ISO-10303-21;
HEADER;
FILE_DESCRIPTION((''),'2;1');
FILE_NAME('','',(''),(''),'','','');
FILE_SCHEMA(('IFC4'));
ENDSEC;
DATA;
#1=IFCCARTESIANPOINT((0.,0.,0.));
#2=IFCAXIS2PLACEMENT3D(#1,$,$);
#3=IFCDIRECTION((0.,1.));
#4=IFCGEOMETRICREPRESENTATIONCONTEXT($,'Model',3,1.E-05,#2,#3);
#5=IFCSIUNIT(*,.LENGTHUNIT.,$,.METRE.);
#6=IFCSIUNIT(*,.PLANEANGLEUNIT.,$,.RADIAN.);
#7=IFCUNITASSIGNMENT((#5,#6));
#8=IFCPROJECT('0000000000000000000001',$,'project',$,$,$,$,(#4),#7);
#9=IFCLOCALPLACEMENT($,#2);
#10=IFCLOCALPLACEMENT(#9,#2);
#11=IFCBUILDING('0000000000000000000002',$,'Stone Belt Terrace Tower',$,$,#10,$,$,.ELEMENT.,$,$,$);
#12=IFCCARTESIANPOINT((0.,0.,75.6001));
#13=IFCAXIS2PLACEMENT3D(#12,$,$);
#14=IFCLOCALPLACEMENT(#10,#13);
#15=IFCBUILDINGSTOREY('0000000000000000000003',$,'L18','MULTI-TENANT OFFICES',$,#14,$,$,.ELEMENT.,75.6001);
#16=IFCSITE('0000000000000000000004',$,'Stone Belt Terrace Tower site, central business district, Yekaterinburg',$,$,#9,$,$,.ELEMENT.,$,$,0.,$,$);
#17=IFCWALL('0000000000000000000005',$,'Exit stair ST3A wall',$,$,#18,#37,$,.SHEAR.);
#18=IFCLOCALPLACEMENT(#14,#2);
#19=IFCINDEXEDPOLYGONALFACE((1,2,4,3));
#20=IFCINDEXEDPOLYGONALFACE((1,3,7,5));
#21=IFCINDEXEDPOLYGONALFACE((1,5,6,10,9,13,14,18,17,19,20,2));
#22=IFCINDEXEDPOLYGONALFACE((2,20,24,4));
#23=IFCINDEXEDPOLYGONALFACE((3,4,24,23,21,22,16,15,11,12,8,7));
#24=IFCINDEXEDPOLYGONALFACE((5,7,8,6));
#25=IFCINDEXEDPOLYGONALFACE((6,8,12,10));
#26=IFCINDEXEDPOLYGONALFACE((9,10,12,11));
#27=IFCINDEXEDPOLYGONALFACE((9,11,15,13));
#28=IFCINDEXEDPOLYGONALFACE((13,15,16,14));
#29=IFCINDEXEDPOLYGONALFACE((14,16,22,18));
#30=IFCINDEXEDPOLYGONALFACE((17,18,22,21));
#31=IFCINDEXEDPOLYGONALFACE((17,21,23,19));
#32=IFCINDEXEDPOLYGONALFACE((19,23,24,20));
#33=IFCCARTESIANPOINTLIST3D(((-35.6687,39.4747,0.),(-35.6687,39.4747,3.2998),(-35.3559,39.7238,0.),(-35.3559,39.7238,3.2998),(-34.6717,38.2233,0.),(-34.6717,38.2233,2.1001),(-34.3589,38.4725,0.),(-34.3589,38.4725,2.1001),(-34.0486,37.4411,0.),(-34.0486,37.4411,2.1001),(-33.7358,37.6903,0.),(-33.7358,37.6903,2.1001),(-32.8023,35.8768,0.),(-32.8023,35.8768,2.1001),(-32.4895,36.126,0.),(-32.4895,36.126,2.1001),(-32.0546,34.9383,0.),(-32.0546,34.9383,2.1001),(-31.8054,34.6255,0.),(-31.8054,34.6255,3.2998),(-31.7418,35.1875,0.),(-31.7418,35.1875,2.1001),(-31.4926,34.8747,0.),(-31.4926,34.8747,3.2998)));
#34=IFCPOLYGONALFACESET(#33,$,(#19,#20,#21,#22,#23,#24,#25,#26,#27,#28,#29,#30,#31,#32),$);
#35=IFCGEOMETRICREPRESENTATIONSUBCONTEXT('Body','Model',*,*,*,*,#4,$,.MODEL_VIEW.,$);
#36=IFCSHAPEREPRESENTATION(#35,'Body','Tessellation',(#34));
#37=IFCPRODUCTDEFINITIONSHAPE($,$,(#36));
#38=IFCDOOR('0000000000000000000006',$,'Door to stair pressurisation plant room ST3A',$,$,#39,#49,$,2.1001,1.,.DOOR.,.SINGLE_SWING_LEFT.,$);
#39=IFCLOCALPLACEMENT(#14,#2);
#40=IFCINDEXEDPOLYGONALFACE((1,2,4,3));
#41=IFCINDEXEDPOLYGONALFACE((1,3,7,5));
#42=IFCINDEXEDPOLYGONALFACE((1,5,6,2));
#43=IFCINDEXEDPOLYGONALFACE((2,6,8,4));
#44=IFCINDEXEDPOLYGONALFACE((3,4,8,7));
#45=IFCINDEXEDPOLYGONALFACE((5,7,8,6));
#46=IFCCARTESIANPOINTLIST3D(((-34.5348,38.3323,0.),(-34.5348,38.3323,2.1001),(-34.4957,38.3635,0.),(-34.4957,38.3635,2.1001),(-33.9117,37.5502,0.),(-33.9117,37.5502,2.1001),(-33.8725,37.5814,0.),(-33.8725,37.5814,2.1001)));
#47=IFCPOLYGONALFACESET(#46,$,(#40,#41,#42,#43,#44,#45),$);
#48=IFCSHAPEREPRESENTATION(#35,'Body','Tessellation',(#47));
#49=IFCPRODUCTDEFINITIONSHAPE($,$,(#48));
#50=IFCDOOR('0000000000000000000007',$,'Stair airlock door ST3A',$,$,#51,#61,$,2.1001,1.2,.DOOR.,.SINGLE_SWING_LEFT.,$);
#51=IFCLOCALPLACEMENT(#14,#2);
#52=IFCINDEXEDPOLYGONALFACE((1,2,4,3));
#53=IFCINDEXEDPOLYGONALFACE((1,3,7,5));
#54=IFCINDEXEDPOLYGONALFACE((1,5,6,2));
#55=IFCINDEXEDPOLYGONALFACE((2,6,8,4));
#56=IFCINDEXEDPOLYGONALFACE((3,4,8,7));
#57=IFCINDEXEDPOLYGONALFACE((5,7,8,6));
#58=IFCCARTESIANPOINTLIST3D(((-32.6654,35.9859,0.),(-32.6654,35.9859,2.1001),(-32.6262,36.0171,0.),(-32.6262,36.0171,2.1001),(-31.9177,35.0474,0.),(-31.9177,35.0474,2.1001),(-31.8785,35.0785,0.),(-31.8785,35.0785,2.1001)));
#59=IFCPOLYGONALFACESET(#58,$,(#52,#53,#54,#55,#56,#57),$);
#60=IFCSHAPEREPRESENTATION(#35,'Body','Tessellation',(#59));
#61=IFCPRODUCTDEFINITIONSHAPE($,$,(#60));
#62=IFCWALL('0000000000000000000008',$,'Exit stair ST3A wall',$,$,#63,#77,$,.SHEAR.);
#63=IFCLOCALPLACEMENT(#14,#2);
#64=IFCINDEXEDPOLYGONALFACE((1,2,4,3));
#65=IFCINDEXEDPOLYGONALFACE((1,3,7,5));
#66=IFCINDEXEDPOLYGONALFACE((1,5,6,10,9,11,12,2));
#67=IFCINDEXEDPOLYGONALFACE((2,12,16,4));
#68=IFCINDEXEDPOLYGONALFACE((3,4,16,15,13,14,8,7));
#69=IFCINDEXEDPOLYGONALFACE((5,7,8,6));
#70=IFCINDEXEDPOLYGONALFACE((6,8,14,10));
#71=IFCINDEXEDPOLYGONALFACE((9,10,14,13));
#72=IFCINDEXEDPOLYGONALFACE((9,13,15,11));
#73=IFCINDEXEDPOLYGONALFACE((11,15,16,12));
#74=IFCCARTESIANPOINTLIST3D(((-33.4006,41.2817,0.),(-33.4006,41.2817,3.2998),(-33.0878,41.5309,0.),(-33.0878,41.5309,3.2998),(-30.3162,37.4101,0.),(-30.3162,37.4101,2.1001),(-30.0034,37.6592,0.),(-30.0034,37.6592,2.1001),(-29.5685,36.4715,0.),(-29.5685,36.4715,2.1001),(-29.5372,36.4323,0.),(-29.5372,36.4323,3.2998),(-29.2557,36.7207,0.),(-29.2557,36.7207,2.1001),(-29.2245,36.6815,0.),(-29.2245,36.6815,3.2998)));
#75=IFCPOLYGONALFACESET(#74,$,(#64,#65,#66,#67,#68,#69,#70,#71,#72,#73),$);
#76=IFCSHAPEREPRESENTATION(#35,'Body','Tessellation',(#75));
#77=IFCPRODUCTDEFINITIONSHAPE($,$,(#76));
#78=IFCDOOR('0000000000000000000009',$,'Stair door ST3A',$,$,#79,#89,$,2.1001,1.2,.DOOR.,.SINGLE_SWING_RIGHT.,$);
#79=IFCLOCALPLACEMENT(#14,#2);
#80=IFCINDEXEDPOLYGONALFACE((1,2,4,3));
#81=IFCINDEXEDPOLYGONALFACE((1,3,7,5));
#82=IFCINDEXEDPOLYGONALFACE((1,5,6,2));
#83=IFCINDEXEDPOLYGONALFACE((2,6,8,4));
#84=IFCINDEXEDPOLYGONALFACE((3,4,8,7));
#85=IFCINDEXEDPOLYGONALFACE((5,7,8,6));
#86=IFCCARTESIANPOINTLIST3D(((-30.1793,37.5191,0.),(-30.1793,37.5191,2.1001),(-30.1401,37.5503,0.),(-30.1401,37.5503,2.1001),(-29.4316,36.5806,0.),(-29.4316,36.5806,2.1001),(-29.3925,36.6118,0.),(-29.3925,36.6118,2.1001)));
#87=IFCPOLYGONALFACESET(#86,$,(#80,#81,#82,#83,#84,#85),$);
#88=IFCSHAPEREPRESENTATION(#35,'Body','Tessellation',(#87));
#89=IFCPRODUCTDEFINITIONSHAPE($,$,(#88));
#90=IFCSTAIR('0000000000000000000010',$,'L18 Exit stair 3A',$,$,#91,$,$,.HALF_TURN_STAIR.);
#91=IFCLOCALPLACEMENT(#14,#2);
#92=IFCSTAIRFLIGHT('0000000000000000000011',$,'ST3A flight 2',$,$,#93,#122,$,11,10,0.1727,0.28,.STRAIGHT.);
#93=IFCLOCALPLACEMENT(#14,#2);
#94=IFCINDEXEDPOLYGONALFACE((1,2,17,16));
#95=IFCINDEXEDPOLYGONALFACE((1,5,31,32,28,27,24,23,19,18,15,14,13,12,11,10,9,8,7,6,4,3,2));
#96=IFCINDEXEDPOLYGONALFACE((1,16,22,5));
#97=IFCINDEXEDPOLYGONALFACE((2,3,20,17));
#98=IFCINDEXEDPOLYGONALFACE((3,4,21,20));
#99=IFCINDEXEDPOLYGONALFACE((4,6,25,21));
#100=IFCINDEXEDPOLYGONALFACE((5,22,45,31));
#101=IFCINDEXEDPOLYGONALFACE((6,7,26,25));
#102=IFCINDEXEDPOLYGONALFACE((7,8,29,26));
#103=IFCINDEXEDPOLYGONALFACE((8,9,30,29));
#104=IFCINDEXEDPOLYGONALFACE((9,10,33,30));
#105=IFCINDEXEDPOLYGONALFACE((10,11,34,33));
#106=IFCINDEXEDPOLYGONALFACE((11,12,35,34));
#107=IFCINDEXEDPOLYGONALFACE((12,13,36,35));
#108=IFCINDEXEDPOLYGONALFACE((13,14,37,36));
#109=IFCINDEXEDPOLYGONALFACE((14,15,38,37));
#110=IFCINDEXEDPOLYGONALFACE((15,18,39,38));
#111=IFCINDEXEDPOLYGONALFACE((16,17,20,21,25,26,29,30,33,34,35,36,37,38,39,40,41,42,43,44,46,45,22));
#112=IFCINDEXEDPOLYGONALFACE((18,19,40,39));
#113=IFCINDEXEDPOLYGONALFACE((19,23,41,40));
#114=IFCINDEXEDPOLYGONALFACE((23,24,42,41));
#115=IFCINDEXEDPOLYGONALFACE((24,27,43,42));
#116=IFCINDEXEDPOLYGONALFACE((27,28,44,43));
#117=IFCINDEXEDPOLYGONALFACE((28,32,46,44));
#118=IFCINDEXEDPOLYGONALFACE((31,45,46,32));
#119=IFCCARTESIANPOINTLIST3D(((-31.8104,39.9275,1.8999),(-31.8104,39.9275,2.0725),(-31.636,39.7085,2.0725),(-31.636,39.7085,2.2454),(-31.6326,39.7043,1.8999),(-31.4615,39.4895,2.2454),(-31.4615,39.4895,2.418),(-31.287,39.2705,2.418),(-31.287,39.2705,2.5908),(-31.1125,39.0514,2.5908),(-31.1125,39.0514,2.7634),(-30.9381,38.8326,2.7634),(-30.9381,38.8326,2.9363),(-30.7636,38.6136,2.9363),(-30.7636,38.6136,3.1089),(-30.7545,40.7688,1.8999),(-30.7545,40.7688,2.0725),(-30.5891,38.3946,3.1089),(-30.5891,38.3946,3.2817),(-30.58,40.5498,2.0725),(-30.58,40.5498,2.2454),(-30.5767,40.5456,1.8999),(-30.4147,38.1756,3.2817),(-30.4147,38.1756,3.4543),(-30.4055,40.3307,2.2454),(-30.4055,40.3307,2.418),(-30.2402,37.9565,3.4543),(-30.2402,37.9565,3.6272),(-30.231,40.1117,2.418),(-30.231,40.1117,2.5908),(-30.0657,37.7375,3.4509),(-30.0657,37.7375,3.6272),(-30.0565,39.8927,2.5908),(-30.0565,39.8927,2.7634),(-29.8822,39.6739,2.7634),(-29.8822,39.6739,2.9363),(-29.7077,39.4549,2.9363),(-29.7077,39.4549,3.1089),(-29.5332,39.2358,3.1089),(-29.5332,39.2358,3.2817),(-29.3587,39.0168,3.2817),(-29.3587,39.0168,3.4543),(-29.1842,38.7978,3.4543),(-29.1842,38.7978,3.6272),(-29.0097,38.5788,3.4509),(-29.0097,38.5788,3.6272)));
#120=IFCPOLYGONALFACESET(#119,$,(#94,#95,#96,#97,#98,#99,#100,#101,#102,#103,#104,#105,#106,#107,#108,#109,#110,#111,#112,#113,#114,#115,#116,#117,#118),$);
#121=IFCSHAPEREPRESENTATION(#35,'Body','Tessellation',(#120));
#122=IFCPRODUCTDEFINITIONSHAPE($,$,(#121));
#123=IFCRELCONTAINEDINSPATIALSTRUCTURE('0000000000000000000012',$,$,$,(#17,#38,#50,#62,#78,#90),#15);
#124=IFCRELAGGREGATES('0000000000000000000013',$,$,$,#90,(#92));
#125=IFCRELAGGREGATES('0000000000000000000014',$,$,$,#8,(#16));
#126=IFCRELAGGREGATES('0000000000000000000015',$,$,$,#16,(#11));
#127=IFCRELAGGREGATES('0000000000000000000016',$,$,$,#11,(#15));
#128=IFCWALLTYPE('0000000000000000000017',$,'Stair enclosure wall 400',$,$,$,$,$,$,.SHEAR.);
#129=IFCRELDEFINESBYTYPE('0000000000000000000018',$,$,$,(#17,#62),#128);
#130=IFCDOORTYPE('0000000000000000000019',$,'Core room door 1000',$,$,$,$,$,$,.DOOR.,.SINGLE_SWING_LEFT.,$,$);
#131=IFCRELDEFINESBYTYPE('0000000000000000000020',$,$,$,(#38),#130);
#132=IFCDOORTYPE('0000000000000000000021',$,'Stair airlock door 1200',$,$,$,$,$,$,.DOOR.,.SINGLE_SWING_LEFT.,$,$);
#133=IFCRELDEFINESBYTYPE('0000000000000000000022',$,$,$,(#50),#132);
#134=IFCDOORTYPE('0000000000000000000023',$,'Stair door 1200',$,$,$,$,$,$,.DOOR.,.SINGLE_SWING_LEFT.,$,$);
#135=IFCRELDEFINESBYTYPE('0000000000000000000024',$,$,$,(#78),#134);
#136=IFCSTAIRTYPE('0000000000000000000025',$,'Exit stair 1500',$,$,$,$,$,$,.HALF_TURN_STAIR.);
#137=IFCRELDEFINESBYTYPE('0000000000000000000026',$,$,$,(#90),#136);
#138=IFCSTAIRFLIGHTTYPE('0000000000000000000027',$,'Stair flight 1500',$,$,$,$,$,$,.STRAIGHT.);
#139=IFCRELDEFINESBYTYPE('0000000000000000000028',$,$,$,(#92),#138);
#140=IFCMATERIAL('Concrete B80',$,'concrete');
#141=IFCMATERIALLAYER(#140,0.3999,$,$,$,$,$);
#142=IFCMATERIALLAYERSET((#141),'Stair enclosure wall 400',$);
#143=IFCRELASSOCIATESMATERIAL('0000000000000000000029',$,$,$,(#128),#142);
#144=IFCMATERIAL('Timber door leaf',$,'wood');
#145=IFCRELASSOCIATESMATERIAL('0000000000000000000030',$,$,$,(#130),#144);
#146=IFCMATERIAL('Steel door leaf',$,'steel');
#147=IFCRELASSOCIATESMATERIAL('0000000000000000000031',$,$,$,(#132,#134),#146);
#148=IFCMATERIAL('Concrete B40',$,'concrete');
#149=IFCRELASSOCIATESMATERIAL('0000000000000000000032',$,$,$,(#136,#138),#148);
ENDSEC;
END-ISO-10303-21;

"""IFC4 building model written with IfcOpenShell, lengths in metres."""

from ifc_helpers import new_model, si_unit, direction, frame, frame_2d, origin, place, context, subcontext, project, spatial, polyline, rectangle, outline, extrude, material, layer, layer_set, type_object, element, fill, aggregate, save


model = new_model("IFC4")

# Units and contexts
model_context = context("Model", 3, precision=1e-05, world=origin(), true_north=direction((0.0, 1.0)))
body_context = subcontext(model_context, "Body", "Model", "MODEL_VIEW")
ifc_project = project(units=[si_unit("LENGTHUNIT", "METRE"), si_unit("PLANEANGLEUNIT", "RADIAN")], contexts=[model_context])

# Site, building, storey
site_placement = place(None, origin())
site = spatial("IfcSite", under=ifc_project, at=site_placement, Name="Stone Belt Terrace Tower site, central business district, Yekaterinburg", CompositionType="ELEMENT", RefElevation=0.0)
building_placement = place(site_placement, origin())
building = spatial("IfcBuilding", under=site, at=building_placement, Name="Stone Belt Terrace Tower", CompositionType="ELEMENT")
storey_placement = place(building_placement, frame((0.0, 0.0, 75.6001)))
storey = spatial("IfcBuildingStorey", under=building, at=storey_placement, Name="L18", Description="MULTI-TENANT OFFICES", CompositionType="ELEMENT", Elevation=75.6001)

# Shared definitions
ifc_material_1 = material(Name="Concrete B80", Category="concrete")

# Shared definitions
ifc_material_2 = material(Name="Timber door leaf", Category="wood")

# Wall, openings, doors
ifc_layer_1 = layer(ifc_material_1, 0.3999)
ifc_layer_set_1 = layer_set([ifc_layer_1], Name="Stair enclosure wall 400")
wall_type_1 = type_object("IfcWallType", Name="Stair enclosure wall 400", PredefinedType="SHEAR", material=ifc_layer_set_1)
wall_1_placement = place(storey_placement, frame((-31.6489, 34.75, 0.0), z_axis=(0.0, 0.0, 1.0), x_axis=(-0.623119, 0.782127, 0.0)))
wall_1 = element("IfcWall", 1, at=wall_1_placement, inside=storey, type_object=wall_type_1, Name="Exit stair ST3A wall", PredefinedType="SHEAR", context=body_context, shape_type="SweptSolid", body=[
    extrude(rectangle(XDim=6.2, YDim=0.3999, at=frame_2d((3.1001, 0.0))), origin(), (0.0, 0.0, 1.0), 3.2998),
])
opening_1_placement = place(wall_1_placement, frame((0.3999, 0.0, 0.0)))
opening_1 = element("IfcOpeningElement", 2, at=opening_1_placement, cuts=wall_1, PredefinedType="OPENING", context=body_context, shape_type="SweptSolid", body=[
    extrude(rectangle(XDim=1.2, YDim=2.1001, at=frame_2d((0.6001, 1.05))), frame((0.0, 0.21, 0.0), z_axis=(0.0, -1.0, 0.0), x_axis=(1.0, 0.0, 0.0)), (0.0, 0.0, 1.0), 0.4199),
])
opening_2_placement = place(wall_1_placement, frame((3.6001, 0.0, 0.0)))
opening_2 = element("IfcOpeningElement", 3, at=opening_2_placement, cuts=wall_1, PredefinedType="OPENING", context=body_context, shape_type="SweptSolid", body=[
    extrude(rectangle(XDim=1.0, YDim=2.1001, at=frame_2d((0.5, 1.05))), frame((0.0, 0.21, 0.0), z_axis=(0.0, -1.0, 0.0), x_axis=(1.0, 0.0, 0.0)), (0.0, 0.0, 1.0), 0.4199),
])
door_type_1 = type_object("IfcDoorType", Name="Core room door 1000", OperationType="SINGLE_SWING_LEFT", PredefinedType="DOOR", material=ifc_material_2)
door_1_placement = place(opening_2_placement, origin())
door_1 = element("IfcDoor", 4, at=door_1_placement, inside=storey, type_object=door_type_1, Name="Door to stair pressurisation plant room ST3A", OperationType="SINGLE_SWING_LEFT", OverallHeight=2.1001, OverallWidth=1.0, PredefinedType="DOOR", context=body_context, shape_type="SweptSolid", body=[
    extrude(rectangle(XDim=1.0, YDim=2.1001, at=frame_2d((0.5, 1.05))), frame((0.0, 0.0249, 0.0), z_axis=(0.0, -1.0, 0.0), x_axis=(1.0, 0.0, 0.0)), (0.0, 0.0, 1.0), 0.05),
])
fill(opening_2, door_1)
ifc_material_3 = material(Name="Steel door leaf", Category="steel")
door_type_2 = type_object("IfcDoorType", Name="Stair airlock door 1200", OperationType="SINGLE_SWING_LEFT", PredefinedType="DOOR", material=ifc_material_3)
door_2_placement = place(opening_1_placement, origin())
door_2 = element("IfcDoor", 5, at=door_2_placement, inside=storey, type_object=door_type_2, Name="Stair airlock door ST3A", OperationType="SINGLE_SWING_LEFT", OverallHeight=2.1001, OverallWidth=1.2, PredefinedType="DOOR", context=body_context, shape_type="SweptSolid", body=[
    extrude(rectangle(XDim=1.2, YDim=2.1001, at=frame_2d((0.6001, 1.05))), frame((0.0, 0.0249, 0.0), z_axis=(0.0, -1.0, 0.0), x_axis=(1.0, 0.0, 0.0)), (0.0, 0.0, 1.0), 0.05),
])
fill(opening_1, door_2)

# Wall, opening, door
wall_2_placement = place(storey_placement, frame((-29.3809, 36.5569, 0.0), z_axis=(0.0, 0.0, 1.0), x_axis=(-0.623099, 0.782143, 0.0)))
wall_2 = element("IfcWall", 6, at=wall_2_placement, inside=storey, type_object=wall_type_1, Name="Exit stair ST3A wall", PredefinedType="SHEAR", context=body_context, shape_type="SweptSolid", body=[
    extrude(rectangle(XDim=6.2002, YDim=0.3999, at=frame_2d((3.1001, 0.0))), origin(), (0.0, 0.0, 1.0), 3.2998),
])
opening_3_placement = place(wall_2_placement, frame((0.05, 0.0, 0.0)))
opening_3 = element("IfcOpeningElement", 7, at=opening_3_placement, cuts=wall_2, PredefinedType="OPENING", context=body_context, shape_type="SweptSolid", body=[
    extrude(rectangle(XDim=1.2, YDim=2.1001, at=frame_2d((0.6001, 1.05))), frame((0.0, 0.21, 0.0), z_axis=(0.0, -1.0, 0.0), x_axis=(1.0, 0.0, 0.0)), (0.0, 0.0, 1.0), 0.4199),
])
door_type_3 = type_object("IfcDoorType", Name="Stair door 1200", OperationType="SINGLE_SWING_LEFT", PredefinedType="DOOR", material=ifc_material_3)
door_3_placement = place(opening_3_placement, origin())
door_3 = element("IfcDoor", 8, at=door_3_placement, inside=storey, type_object=door_type_3, Name="Stair door ST3A", OperationType="SINGLE_SWING_RIGHT", OverallHeight=2.1001, OverallWidth=1.2, PredefinedType="DOOR", context=body_context, shape_type="SweptSolid", body=[
    extrude(rectangle(XDim=1.2, YDim=2.1001, at=frame_2d((0.6001, 1.05))), frame((0.0, 0.0249, 0.0), z_axis=(0.0, -1.0, 0.0), x_axis=(1.0, 0.0, 0.0)), (0.0, 0.0, 1.0), 0.05),
])
fill(opening_3, door_3)

# Stair, stair flight
ifc_material_4 = material(Name="Concrete B40", Category="concrete")
stair_type = type_object("IfcStairType", Name="Exit stair 1500", PredefinedType="HALF_TURN_STAIR", material=ifc_material_4)
stair_placement = place(storey_placement, origin())
stair = element("IfcStair", 9, at=stair_placement, inside=storey, type_object=stair_type, Name="L18 Exit stair 3A", PredefinedType="HALF_TURN_STAIR")
stair_flight_type = type_object("IfcStairFlightType", Name="Stair flight 1500", PredefinedType="STRAIGHT", material=ifc_material_4)
stair_flight_placement = place(storey_placement, frame((-31.2825, 40.3481, 1.8999), z_axis=(0.0, 0.0, 1.0), x_axis=(0.623121, -0.782125, 0.0)))
stair_flight = element("IfcStairFlight", 10, at=stair_flight_placement, type_object=stair_flight_type, Name="ST3A flight 2", NumberOfRisers=11, NumberOfTreads=10, PredefinedType="STRAIGHT", RiserHeight=0.1727, TreadLength=0.28, context=body_context, shape_type="SweptSolid", body=[
    extrude(outline(polyline([(0.0, 0.0), (0.0, 0.1726), (0.28, 0.1726), (0.28, 0.3455), (0.5601, 0.3455), (0.5601, 0.5181), (0.8401, 0.5181), (0.8401, 0.6909), (1.1201, 0.6909), (1.1201, 0.8635), (1.3999, 0.8635), (1.3999, 1.0364), (1.6799, 1.0364), (1.6799, 1.209), (1.96, 1.209), (1.96, 1.3818), (2.24, 1.3818), (2.24, 1.5544), (2.52, 1.5544), (2.52, 1.7273), (2.8, 1.7273), (2.8, 1.8999), (2.8, 1.551), (0.2854, 0.0), (0.0, 0.0)])), frame((0.0, 0.675, 0.0), z_axis=(0.0, -1.0, 0.0), x_axis=(1.0, 0.0, 0.0)), (0.0, 0.0, 1.0), 1.3501),
])
aggregate(stair, [stair_flight])

save(model, "model.ifc")
